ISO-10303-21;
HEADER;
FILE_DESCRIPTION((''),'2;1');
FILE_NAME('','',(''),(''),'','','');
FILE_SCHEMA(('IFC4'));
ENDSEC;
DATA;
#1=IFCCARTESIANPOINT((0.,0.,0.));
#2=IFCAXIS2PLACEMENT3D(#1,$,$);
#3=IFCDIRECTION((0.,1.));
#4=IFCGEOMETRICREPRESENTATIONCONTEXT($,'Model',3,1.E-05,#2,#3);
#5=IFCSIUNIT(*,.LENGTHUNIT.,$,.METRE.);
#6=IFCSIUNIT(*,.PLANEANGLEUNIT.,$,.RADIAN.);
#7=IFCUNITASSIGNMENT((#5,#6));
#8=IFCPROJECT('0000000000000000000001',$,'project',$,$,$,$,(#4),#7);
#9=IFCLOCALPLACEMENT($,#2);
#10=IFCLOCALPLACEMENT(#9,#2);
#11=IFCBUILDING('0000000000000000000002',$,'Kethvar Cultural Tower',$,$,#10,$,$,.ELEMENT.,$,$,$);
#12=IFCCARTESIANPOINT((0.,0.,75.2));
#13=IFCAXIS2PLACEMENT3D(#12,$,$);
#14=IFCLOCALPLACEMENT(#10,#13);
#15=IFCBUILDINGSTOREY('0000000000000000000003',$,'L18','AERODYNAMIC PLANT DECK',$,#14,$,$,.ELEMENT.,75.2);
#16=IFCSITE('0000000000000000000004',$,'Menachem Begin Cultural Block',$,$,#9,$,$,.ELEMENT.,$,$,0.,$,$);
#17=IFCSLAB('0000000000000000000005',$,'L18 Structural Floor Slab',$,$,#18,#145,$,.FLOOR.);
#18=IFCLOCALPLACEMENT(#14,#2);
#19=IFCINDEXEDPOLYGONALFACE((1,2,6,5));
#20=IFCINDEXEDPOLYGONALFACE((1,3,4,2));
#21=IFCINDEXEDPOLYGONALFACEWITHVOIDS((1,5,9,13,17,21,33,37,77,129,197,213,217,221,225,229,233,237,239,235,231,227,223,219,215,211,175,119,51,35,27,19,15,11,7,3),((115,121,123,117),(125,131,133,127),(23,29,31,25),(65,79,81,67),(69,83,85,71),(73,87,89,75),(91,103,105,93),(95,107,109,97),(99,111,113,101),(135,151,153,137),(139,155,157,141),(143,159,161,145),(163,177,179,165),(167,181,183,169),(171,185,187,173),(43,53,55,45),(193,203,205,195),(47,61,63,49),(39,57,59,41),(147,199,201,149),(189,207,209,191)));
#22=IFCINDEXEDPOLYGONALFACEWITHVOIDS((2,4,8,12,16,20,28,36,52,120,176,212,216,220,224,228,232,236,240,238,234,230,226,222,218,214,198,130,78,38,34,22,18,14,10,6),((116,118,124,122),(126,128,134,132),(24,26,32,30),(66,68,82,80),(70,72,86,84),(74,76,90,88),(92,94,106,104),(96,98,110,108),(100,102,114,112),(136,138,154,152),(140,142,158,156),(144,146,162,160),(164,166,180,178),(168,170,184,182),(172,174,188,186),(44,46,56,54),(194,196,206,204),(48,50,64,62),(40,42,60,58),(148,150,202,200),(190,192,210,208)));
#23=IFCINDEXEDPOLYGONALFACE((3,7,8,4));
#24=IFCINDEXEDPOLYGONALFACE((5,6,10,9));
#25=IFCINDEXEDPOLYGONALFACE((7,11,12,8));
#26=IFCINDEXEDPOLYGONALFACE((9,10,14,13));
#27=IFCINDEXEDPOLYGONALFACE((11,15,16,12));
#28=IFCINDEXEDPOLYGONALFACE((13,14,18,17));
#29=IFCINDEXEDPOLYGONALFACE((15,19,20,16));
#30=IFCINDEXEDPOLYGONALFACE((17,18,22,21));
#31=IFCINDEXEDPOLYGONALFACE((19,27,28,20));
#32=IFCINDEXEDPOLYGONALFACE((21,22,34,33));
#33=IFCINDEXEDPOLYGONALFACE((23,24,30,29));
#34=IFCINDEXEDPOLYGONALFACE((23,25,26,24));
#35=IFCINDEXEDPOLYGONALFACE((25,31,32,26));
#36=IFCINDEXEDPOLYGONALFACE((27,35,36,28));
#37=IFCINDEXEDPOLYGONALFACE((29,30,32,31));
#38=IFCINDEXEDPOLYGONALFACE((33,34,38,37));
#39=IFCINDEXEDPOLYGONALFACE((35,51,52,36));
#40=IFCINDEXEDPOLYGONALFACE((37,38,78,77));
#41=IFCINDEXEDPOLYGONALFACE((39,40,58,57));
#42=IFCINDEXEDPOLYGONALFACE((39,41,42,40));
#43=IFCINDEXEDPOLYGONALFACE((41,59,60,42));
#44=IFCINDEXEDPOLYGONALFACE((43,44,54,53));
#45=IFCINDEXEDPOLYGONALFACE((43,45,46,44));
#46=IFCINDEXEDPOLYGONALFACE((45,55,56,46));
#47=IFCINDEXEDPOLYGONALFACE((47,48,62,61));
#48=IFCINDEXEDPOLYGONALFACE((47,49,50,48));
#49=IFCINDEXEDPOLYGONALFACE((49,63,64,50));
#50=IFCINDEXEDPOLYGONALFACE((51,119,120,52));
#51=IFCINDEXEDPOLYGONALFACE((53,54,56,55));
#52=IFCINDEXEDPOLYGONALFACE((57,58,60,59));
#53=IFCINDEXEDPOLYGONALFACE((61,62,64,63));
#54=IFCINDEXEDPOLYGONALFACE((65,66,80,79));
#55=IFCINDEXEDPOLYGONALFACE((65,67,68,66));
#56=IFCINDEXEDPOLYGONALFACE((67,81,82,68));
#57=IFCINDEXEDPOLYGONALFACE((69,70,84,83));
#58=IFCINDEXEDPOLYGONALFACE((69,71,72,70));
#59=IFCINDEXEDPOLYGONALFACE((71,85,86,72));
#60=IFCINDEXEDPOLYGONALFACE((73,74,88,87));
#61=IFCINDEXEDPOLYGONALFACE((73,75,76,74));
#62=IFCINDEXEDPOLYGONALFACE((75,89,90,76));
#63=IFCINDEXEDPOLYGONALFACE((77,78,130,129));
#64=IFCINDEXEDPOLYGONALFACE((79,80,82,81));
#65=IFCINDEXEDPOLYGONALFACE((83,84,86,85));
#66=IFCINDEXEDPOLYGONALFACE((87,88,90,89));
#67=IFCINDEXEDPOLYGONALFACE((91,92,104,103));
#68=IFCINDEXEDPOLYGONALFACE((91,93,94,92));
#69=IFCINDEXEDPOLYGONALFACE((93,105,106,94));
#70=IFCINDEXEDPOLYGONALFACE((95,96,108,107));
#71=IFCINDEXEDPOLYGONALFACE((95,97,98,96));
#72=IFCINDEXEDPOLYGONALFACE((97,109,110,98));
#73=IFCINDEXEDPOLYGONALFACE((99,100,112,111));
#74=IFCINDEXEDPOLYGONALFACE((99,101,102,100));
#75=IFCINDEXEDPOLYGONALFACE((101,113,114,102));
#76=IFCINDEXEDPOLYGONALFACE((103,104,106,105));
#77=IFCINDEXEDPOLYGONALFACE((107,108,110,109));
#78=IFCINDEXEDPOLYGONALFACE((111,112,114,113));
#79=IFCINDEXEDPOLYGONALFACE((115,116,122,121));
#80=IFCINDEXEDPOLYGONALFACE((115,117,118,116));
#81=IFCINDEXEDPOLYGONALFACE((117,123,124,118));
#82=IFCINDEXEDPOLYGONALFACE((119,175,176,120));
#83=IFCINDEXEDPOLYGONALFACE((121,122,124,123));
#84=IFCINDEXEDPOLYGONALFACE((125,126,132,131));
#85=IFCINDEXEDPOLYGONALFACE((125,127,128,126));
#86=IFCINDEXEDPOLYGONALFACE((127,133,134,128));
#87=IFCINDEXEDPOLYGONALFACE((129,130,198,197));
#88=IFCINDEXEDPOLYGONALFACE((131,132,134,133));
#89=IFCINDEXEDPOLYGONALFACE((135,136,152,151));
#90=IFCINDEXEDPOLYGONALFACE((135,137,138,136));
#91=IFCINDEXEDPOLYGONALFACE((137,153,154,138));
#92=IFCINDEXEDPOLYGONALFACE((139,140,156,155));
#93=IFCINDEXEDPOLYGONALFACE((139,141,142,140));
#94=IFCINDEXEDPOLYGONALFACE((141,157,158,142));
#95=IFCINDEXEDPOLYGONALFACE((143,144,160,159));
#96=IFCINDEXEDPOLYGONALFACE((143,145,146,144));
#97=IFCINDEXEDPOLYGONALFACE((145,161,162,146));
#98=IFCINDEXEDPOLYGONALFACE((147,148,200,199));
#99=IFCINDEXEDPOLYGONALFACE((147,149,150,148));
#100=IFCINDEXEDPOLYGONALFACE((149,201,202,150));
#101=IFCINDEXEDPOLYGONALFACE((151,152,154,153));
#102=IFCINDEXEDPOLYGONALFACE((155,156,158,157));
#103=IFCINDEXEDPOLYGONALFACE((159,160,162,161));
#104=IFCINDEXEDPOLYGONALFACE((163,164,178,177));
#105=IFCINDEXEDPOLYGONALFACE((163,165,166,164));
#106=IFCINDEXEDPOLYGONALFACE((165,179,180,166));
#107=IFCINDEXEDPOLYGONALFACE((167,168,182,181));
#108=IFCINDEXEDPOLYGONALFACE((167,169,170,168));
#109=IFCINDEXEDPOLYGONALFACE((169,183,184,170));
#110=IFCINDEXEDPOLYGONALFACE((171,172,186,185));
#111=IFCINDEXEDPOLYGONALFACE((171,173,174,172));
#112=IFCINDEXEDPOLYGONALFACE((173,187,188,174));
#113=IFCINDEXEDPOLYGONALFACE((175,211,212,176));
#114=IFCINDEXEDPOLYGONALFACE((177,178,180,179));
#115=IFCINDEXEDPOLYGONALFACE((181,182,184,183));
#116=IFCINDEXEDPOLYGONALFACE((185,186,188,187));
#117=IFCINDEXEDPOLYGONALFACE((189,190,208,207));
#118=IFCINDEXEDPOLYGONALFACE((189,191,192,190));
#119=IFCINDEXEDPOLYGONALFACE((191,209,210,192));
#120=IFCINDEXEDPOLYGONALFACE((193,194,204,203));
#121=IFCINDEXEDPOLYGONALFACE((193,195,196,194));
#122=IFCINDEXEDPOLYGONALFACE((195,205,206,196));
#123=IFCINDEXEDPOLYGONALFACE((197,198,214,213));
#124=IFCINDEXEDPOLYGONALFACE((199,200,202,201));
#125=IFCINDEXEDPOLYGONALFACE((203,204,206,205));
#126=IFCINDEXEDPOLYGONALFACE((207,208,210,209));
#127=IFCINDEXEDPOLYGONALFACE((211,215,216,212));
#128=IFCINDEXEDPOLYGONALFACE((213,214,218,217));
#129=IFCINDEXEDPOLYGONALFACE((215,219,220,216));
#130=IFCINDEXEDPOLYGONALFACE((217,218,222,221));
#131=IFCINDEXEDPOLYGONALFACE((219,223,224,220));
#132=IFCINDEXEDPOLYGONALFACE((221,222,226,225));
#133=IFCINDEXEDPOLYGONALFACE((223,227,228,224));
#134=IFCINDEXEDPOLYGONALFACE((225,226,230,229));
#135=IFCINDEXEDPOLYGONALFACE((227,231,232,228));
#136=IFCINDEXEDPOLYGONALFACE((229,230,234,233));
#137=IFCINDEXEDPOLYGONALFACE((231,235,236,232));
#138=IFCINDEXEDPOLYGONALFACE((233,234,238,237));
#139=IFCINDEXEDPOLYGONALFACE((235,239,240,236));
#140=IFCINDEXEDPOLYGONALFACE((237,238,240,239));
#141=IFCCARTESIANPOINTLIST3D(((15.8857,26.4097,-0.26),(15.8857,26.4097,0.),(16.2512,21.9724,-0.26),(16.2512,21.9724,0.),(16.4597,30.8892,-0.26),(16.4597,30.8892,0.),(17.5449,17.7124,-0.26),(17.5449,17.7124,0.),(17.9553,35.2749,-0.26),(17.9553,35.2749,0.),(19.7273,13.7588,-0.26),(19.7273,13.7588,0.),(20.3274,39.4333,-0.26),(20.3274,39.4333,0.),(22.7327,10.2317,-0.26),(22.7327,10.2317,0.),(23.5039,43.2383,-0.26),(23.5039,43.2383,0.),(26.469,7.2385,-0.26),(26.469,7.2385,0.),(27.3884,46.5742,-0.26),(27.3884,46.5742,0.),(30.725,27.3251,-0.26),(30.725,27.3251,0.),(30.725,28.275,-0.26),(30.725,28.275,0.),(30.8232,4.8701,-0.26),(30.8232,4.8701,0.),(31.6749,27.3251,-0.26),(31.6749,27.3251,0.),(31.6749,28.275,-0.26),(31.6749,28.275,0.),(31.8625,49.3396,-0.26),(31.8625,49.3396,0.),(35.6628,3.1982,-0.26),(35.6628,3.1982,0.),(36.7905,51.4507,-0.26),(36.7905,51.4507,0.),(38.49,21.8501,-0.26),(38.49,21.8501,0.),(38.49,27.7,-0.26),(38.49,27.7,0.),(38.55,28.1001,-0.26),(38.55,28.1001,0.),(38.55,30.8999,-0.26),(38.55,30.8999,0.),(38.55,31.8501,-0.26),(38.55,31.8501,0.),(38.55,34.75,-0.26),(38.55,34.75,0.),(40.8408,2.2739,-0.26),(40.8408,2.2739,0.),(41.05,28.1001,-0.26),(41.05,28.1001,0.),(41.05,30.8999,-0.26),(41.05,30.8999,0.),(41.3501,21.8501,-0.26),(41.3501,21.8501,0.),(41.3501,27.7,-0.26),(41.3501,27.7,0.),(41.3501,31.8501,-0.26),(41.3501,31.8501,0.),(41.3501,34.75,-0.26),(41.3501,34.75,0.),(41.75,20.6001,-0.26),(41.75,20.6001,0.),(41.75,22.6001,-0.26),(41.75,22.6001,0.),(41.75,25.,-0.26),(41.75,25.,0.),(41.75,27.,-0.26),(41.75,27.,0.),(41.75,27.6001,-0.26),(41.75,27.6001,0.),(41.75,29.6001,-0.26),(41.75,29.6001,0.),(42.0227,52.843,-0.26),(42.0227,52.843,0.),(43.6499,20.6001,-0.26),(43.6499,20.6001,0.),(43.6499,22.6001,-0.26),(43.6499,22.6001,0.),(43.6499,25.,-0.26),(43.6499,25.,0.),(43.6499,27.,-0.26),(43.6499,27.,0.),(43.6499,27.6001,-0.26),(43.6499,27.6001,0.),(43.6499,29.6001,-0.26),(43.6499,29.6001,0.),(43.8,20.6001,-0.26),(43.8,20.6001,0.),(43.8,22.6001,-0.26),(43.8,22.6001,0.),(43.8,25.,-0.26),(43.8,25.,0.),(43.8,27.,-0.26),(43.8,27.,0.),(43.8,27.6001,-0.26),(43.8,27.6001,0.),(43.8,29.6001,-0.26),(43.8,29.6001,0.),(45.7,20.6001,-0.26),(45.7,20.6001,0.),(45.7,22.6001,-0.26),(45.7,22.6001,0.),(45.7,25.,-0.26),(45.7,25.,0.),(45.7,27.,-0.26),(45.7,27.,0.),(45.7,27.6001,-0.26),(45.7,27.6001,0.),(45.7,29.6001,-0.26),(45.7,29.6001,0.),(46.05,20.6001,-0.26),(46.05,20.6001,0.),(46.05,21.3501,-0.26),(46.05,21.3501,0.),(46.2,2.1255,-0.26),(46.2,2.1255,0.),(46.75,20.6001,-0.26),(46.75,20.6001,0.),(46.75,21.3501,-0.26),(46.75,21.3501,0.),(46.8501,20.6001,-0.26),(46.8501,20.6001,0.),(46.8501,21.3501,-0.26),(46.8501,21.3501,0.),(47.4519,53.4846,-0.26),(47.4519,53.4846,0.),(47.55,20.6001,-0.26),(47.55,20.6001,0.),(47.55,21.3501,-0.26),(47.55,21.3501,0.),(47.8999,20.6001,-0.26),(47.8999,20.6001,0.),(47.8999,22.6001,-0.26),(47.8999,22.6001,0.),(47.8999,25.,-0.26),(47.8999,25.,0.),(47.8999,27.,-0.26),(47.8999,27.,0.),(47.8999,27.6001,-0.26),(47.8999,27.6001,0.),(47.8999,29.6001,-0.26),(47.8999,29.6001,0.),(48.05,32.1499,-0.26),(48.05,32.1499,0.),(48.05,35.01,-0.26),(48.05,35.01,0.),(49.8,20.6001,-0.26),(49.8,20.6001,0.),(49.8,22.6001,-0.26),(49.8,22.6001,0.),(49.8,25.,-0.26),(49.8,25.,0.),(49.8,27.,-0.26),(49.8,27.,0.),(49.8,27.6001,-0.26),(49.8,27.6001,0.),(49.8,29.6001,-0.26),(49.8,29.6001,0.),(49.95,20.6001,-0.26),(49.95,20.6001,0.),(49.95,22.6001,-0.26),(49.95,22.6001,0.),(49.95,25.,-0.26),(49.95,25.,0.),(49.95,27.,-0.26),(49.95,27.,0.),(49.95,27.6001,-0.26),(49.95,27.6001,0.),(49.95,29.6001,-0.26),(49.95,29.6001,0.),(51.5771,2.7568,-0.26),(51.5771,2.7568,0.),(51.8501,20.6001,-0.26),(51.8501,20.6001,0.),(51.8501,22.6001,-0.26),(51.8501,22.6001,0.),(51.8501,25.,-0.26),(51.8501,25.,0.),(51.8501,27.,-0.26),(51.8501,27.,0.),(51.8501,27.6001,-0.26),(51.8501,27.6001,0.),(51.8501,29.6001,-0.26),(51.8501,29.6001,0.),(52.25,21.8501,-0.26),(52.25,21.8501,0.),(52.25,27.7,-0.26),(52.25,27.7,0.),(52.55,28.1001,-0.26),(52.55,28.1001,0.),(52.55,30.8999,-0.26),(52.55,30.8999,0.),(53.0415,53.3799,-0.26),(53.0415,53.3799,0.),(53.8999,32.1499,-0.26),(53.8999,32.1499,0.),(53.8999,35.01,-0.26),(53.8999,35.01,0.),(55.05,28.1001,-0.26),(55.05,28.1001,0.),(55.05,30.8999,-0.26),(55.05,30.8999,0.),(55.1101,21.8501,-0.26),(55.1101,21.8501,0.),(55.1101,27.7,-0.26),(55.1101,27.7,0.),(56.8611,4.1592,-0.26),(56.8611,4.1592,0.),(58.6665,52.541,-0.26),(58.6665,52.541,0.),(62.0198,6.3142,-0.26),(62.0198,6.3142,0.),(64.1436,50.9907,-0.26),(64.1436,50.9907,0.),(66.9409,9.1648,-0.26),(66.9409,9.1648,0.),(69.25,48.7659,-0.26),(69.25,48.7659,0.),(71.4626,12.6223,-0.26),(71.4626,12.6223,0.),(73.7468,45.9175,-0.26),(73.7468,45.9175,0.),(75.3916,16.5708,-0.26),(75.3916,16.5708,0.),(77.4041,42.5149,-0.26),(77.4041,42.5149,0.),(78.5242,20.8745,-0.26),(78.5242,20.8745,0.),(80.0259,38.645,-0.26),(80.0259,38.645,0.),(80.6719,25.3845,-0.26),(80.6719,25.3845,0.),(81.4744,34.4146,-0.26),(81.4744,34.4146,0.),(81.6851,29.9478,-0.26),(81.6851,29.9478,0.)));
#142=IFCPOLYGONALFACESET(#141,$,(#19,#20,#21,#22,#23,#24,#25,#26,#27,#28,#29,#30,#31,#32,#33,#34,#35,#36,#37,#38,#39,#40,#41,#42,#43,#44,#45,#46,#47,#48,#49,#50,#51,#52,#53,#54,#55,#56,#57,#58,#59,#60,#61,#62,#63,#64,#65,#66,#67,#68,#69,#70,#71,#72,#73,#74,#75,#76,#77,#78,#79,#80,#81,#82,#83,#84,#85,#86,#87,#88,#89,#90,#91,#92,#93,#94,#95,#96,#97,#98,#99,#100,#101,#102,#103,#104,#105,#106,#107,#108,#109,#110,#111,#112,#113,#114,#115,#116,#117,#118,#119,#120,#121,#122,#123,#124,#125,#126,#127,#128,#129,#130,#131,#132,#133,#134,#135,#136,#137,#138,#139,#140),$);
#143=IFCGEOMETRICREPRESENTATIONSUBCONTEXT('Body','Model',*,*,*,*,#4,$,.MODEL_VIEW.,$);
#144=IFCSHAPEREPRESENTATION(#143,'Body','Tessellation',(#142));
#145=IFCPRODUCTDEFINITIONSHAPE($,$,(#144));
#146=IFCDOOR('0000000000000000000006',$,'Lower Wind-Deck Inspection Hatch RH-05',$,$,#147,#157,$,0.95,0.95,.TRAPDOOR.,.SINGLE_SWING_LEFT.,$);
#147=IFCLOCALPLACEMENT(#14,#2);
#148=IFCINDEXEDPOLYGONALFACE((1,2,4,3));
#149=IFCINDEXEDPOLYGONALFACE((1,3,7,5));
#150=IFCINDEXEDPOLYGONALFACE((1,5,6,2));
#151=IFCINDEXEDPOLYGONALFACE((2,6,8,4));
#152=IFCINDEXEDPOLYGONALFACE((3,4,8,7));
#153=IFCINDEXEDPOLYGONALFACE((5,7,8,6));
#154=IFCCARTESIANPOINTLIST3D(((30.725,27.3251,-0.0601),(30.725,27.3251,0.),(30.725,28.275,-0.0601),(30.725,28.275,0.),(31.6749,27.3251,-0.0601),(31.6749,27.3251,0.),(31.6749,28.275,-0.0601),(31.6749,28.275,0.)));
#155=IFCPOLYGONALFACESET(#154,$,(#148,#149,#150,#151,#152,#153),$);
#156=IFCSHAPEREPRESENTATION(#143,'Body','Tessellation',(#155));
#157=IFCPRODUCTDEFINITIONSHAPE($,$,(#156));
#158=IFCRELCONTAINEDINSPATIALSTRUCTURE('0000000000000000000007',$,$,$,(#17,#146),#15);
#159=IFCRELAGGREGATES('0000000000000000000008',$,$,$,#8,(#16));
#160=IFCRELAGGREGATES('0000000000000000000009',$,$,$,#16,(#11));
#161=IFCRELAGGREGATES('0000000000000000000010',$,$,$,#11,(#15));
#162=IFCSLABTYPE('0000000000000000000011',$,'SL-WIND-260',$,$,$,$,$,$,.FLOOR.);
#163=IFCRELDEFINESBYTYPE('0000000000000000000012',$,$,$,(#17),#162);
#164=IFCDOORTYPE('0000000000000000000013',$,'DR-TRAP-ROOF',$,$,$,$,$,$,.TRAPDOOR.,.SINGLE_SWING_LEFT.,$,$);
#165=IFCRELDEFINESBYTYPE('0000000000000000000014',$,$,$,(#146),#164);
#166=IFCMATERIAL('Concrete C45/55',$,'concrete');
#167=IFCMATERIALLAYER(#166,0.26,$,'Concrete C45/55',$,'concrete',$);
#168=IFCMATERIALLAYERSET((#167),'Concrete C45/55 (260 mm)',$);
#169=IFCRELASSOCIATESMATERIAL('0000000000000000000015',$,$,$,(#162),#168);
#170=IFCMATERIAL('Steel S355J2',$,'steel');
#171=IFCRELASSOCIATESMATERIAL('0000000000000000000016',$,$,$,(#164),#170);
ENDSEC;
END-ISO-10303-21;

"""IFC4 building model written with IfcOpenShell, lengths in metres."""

from ifc_helpers import new_model, si_unit, direction, frame, origin, origin_2d, place, context, subcontext, project, spatial, polyline, rectangle, outline, extrude, material, layer, layer_set, type_object, element, fill, save


model = new_model("IFC4")

# Units and contexts
model_context = context("Model", 3, precision=1e-05, world=origin(), true_north=direction((0.0, 1.0)))
body_context = subcontext(model_context, "Body", "Model", "MODEL_VIEW")
ifc_project = project(units=[si_unit("LENGTHUNIT", "METRE"), si_unit("PLANEANGLEUNIT", "RADIAN")], contexts=[model_context])

# Site, building, storey
site_placement = place(None, origin())
site = spatial("IfcSite", under=ifc_project, at=site_placement, Name="Menachem Begin Cultural Block", CompositionType="ELEMENT", RefElevation=0.0)
building_placement = place(site_placement, origin())
building = spatial("IfcBuilding", under=site, at=building_placement, Name="Kethvar Cultural Tower", CompositionType="ELEMENT")
storey_placement = place(building_placement, frame((0.0, 0.0, 75.2)))
storey = spatial("IfcBuildingStorey", under=building, at=storey_placement, Name="L18", Description="AERODYNAMIC PLANT DECK", CompositionType="ELEMENT", Elevation=75.2)

# Shared definitions
ifc_material_1 = material(Name="Steel S355J2", Category="steel")

# Slab, opening, door
ifc_material_2 = material(Name="Concrete C45/55", Category="concrete")
ifc_layer_1 = layer(ifc_material_2, 0.26, Name="Concrete C45/55", Category="concrete")
ifc_layer_set_1 = layer_set([ifc_layer_1], Name="Concrete C45/55 (260 mm)")
slab_type_1 = type_object("IfcSlabType", Name="SL-WIND-260", PredefinedType="FLOOR", material=ifc_layer_set_1)
slab_1_placement = place(storey_placement, frame((0.0, 0.0, -0.26)))
slab_1 = element("IfcSlab", 1, at=slab_1_placement, inside=storey, type_object=slab_type_1, Name="L18 Structural Floor Slab", PredefinedType="FLOOR", context=body_context, shape_type="SweptSolid", body=[
    extrude(outline(polyline([(81.4744, 34.4146), (80.0259, 38.645), (77.4041, 42.5149), (73.7468, 45.9175), (69.25, 48.7659), (64.1436, 50.9907), (58.6665, 52.541), (53.0415, 53.3799), (47.4519, 53.4846), (42.0227, 52.843), (36.7905, 51.4507), (31.8625, 49.3396), (27.3884, 46.5742), (23.5039, 43.2383), (20.3274, 39.4333), (17.9553, 35.2749), (16.4597, 30.8892), (15.8857, 26.4097), (16.2512, 21.9724), (17.5449, 17.7124), (19.7273, 13.7588), (22.7327, 10.2317), (26.469, 7.2385), (30.8232, 4.8701), (35.6628, 3.1982), (40.8408, 2.2739), (46.2, 2.1255), (51.5771, 2.7568), (56.8611, 4.1592), (62.0198, 6.3142), (66.9409, 9.1648), (71.4626, 12.6223), (75.3916, 16.5708), (78.5242, 20.8745), (80.6719, 25.3845), (81.6851, 29.9478), (81.4744, 34.4146)]), holes=[polyline([(38.49, 21.8501), (38.49, 27.7), (41.3501, 27.7), (41.3501, 21.8501), (38.49, 21.8501)]), polyline([(52.25, 21.8501), (52.25, 27.7), (55.1101, 27.7), (55.1101, 21.8501), (52.25, 21.8501)]), polyline([(53.8999, 32.1499), (48.05, 32.1499), (48.05, 35.01), (53.8999, 35.01), (53.8999, 32.1499)]), polyline([(41.75, 22.6001), (43.6499, 22.6001), (43.6499, 20.6001), (41.75, 20.6001), (41.75, 22.6001)]), polyline([(43.8, 22.6001), (45.7, 22.6001), (45.7, 20.6001), (43.8, 20.6001), (43.8, 22.6001)]), polyline([(47.8999, 22.6001), (49.8, 22.6001), (49.8, 20.6001), (47.8999, 20.6001), (47.8999, 22.6001)]), polyline([(49.95, 22.6001), (51.8501, 22.6001), (51.8501, 20.6001), (49.95, 20.6001), (49.95, 22.6001)]), polyline([(41.75, 27.0), (43.6499, 27.0), (43.6499, 25.0), (41.75, 25.0), (41.75, 27.0)]), polyline([(43.8, 27.0), (45.7, 27.0), (45.7, 25.0), (43.8, 25.0), (43.8, 27.0)]), polyline([(47.8999, 27.0), (49.8, 27.0), (49.8, 25.0), (47.8999, 25.0), (47.8999, 27.0)]), polyline([(49.95, 27.0), (51.8501, 27.0), (51.8501, 25.0), (49.95, 25.0), (49.95, 27.0)]), polyline([(41.75, 29.6001), (43.6499, 29.6001), (43.6499, 27.6001), (41.75, 27.6001), (41.75, 29.6001)]), polyline([(43.8, 29.6001), (45.7, 29.6001), (45.7, 27.6001), (43.8, 27.6001), (43.8, 29.6001)]), polyline([(47.8999, 29.6001), (49.8, 29.6001), (49.8, 27.6001), (47.8999, 27.6001), (47.8999, 29.6001)]), polyline([(49.95, 29.6001), (51.8501, 29.6001), (51.8501, 27.6001), (49.95, 27.6001), (49.95, 29.6001)]), polyline([(38.55, 30.8999), (41.05, 30.8999), (41.05, 28.1001), (38.55, 28.1001), (38.55, 30.8999)]), polyline([(52.55, 30.8999), (55.05, 30.8999), (55.05, 28.1001), (52.55, 28.1001), (52.55, 30.8999)]), polyline([(38.55, 34.75), (41.3501, 34.75), (41.3501, 31.8501), (38.55, 31.8501), (38.55, 34.75)]), polyline([(46.05, 21.3501), (46.75, 21.3501), (46.75, 20.6001), (46.05, 20.6001), (46.05, 21.3501)]), polyline([(46.8501, 21.3501), (47.55, 21.3501), (47.55, 20.6001), (46.8501, 20.6001), (46.8501, 21.3501)])]), origin(), (0.0, 0.0, 1.0), 0.26),
])
opening_1_placement = place(slab_1_placement, frame((31.2, 27.8, -0.01)))
opening_1 = element("IfcOpeningElement", 2, at=opening_1_placement, cuts=slab_1, PredefinedType="OPENING", context=body_context, shape_type="SweptSolid", body=[
    extrude(rectangle(XDim=0.95, YDim=0.95, at=origin_2d()), origin(), (0.0, 0.0, 1.0), 0.28),
])
door_type_1 = type_object("IfcDoorType", Name="DR-TRAP-ROOF", OperationType="SINGLE_SWING_LEFT", PredefinedType="TRAPDOOR", material=ifc_material_1)
door_1_placement = place(slab_1_placement, frame((31.2, 27.8, 0.2)))
door_1 = element("IfcDoor", 3, at=door_1_placement, inside=storey, type_object=door_type_1, Name="Lower Wind-Deck Inspection Hatch RH-05", OperationType="SINGLE_SWING_LEFT", OverallHeight=0.95, OverallWidth=0.95, PredefinedType="TRAPDOOR", context=body_context, shape_type="SweptSolid", body=[
    extrude(rectangle(XDim=0.95, YDim=0.95, at=origin_2d()), origin(), (0.0, 0.0, 1.0), 0.0601),
])
fill(opening_1, door_1)

save(model, "model.ifc")
